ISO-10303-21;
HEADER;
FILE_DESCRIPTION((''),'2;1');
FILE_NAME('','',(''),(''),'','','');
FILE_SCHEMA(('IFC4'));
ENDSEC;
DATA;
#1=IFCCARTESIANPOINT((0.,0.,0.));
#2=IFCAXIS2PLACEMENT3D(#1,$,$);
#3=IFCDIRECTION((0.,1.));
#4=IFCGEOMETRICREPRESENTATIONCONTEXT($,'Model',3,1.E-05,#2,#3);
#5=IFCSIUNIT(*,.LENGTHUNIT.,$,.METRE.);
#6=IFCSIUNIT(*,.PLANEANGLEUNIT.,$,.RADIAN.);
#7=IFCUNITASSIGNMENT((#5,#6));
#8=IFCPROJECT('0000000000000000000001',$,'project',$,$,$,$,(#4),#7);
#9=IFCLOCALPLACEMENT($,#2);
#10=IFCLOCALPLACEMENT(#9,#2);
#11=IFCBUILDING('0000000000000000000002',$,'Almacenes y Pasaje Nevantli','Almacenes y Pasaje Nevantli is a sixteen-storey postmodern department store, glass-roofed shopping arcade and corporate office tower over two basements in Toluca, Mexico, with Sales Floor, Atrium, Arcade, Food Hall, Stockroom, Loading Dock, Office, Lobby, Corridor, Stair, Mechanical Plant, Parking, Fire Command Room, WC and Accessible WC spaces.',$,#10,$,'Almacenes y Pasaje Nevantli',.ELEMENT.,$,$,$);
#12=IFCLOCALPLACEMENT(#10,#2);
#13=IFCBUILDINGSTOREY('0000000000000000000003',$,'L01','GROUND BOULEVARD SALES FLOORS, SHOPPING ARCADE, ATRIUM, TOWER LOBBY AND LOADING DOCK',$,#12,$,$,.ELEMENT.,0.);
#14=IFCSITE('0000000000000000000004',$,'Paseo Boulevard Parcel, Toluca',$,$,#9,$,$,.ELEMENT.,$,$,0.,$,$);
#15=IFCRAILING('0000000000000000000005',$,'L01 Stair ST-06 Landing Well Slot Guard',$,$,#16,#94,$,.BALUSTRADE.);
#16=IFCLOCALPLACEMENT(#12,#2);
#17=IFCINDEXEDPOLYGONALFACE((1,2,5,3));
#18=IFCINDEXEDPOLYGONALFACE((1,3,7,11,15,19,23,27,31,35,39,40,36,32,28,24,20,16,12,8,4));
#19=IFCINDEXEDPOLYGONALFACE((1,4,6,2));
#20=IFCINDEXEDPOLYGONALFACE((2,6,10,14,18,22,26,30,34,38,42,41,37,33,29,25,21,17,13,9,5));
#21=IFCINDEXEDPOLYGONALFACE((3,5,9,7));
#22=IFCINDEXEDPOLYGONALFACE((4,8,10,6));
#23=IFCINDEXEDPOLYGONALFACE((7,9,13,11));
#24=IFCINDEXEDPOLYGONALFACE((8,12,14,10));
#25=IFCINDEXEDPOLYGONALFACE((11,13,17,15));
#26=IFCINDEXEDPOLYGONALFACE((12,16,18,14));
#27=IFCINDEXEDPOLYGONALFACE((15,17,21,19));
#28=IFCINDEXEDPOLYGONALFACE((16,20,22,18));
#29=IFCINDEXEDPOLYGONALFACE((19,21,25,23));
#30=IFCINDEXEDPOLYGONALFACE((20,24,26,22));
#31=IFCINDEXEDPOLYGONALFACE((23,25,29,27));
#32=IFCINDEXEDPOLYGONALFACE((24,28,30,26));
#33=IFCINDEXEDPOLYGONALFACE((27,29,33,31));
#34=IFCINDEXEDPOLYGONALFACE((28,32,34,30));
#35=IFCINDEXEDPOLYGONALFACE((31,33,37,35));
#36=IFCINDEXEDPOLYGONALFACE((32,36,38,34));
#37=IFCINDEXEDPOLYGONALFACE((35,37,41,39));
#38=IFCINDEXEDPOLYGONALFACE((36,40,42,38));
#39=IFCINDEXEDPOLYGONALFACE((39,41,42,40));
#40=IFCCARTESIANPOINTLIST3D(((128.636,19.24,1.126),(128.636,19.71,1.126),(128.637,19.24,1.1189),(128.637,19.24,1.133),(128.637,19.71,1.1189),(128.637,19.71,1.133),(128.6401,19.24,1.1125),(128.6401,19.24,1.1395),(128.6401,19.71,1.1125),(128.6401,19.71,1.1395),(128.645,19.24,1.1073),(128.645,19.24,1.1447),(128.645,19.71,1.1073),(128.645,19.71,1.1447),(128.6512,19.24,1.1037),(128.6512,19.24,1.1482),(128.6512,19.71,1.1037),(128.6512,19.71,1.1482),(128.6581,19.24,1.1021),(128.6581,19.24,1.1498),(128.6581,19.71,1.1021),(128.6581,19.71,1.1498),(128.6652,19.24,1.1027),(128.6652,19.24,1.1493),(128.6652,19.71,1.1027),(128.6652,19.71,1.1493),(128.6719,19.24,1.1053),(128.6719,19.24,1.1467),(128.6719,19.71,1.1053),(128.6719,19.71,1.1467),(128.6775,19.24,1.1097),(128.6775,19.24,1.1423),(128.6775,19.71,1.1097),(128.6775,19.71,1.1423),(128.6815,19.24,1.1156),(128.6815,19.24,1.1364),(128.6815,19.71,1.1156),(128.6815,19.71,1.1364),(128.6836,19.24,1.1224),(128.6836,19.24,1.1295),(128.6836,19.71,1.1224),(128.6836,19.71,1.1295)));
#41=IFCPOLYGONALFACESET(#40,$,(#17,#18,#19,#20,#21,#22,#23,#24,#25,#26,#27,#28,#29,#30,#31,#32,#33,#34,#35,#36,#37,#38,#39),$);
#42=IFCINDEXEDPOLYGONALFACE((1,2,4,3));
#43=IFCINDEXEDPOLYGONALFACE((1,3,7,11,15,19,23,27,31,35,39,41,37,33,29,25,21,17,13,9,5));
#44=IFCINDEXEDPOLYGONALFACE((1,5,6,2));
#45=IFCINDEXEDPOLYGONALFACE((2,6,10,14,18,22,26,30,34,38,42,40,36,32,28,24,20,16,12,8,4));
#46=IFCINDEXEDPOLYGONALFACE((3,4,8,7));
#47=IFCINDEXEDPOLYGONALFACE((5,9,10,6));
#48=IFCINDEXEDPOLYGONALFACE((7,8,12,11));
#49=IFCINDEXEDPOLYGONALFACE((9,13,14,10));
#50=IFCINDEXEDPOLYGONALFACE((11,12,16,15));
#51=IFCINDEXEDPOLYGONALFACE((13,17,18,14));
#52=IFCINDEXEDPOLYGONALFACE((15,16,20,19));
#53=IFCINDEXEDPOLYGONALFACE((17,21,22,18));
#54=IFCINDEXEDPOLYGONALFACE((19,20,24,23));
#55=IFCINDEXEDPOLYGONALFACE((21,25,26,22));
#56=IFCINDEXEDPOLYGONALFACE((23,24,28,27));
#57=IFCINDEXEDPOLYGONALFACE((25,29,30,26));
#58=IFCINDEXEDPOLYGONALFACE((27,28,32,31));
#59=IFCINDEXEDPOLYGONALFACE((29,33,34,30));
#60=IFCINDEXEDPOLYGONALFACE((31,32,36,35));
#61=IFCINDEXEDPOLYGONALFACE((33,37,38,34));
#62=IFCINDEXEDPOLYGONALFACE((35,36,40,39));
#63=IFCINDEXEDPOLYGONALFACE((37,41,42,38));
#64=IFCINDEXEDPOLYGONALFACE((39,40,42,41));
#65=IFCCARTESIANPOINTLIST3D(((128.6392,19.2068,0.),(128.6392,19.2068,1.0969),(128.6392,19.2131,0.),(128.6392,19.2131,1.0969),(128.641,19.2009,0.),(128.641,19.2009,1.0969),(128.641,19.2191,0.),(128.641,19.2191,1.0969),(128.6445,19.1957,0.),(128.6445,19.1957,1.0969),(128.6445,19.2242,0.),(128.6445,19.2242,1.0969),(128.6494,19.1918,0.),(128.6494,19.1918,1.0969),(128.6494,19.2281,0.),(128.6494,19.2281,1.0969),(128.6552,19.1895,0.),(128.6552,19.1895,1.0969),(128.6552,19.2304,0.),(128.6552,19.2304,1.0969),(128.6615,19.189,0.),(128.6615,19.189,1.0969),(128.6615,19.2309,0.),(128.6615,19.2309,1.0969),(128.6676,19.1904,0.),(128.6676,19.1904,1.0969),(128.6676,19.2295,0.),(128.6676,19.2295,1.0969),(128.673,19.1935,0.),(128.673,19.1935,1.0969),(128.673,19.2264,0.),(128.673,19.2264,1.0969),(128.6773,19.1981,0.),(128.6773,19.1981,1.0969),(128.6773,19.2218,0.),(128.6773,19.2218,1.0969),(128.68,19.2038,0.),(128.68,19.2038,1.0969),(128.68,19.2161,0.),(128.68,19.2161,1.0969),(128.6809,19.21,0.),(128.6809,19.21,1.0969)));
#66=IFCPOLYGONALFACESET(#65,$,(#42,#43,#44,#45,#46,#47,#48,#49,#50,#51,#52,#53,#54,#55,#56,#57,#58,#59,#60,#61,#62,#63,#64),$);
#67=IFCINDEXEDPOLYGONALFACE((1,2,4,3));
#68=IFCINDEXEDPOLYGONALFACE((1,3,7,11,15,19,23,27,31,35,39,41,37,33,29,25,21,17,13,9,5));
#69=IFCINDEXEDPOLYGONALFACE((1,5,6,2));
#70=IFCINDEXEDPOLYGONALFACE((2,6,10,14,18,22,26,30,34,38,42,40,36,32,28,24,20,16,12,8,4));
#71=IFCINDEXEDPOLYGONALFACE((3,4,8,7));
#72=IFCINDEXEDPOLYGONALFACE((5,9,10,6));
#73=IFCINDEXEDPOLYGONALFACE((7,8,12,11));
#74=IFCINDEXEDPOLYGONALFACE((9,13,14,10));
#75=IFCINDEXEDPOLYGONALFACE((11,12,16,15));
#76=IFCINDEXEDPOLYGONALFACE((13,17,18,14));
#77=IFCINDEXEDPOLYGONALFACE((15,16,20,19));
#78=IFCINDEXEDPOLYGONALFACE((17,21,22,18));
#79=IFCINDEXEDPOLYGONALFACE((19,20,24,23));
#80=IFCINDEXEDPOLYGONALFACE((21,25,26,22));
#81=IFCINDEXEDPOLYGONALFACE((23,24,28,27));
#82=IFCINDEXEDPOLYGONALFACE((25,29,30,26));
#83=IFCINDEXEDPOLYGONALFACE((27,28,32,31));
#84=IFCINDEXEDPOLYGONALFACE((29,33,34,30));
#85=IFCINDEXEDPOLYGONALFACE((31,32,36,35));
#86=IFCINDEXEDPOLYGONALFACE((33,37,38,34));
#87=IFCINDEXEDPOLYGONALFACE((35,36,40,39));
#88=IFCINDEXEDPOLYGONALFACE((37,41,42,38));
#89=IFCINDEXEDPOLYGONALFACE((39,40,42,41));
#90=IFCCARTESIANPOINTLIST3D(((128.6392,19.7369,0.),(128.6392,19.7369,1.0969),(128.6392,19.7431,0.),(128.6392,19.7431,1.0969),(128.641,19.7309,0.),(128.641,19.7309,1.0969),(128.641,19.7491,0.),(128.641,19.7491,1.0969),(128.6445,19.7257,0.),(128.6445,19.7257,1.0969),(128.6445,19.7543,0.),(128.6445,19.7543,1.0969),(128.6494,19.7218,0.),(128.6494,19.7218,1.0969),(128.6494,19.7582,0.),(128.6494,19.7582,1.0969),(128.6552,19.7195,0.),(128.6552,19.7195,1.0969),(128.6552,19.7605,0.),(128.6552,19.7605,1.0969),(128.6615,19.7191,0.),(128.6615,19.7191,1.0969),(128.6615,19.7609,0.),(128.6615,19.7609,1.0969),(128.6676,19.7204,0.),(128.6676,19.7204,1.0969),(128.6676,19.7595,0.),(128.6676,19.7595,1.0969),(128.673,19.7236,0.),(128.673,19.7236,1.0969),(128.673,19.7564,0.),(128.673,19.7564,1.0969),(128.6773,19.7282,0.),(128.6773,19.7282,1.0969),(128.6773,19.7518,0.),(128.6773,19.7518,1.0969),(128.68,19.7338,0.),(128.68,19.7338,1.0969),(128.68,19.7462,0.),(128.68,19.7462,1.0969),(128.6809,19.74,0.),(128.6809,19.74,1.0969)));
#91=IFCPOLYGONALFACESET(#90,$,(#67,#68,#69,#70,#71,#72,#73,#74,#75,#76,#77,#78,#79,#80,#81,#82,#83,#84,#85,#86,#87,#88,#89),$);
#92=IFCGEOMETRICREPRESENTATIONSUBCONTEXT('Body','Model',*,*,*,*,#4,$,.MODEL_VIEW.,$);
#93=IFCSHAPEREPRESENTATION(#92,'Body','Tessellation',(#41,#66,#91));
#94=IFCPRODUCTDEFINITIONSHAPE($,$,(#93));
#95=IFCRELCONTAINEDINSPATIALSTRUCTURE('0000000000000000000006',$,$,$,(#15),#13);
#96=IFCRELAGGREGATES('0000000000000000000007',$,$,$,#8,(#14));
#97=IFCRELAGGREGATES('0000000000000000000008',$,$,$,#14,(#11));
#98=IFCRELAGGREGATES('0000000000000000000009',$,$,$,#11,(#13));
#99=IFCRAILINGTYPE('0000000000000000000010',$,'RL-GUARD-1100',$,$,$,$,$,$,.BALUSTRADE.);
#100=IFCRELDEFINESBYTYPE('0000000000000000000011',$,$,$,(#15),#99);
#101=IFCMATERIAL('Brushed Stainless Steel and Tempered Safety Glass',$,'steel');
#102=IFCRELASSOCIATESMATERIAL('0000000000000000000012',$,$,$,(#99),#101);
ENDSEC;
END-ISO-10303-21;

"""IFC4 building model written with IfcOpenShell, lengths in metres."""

from ifc_helpers import new_model, si_unit, direction, frame, origin, origin_2d, place, context, subcontext, project, spatial, circle, extrude, material, type_object, element, save


model = new_model("IFC4")

# Units and contexts
model_context = context("Model", 3, precision=1e-05, world=origin(), true_north=direction((0.0, 1.0)))
body_context = subcontext(model_context, "Body", "Model", "MODEL_VIEW")
ifc_project = project(units=[si_unit("LENGTHUNIT", "METRE"), si_unit("PLANEANGLEUNIT", "RADIAN")], contexts=[model_context])

# Site, building, storey
site_placement = place(None, origin())
site = spatial("IfcSite", under=ifc_project, at=site_placement, Name="Paseo Boulevard Parcel, Toluca", CompositionType="ELEMENT", RefElevation=0.0)
building_placement = place(site_placement, origin())
building = spatial("IfcBuilding", under=site, at=building_placement, Name="Almacenes y Pasaje Nevantli", Description="Almacenes y Pasaje Nevantli is a sixteen-storey postmodern department store, glass-roofed shopping arcade and corporate office tower over two basements in Toluca, Mexico, with Sales Floor, Atrium, Arcade, Food Hall, Stockroom, Loading Dock, Office, Lobby, Corridor, Stair, Mechanical Plant, Parking, Fire Command Room, WC and Accessible WC spaces.", LongName="Almacenes y Pasaje Nevantli", CompositionType="ELEMENT")
storey_placement = place(building_placement, origin())
storey = spatial("IfcBuildingStorey", under=building, at=storey_placement, Name="L01", Description="GROUND BOULEVARD SALES FLOORS, SHOPPING ARCADE, ATRIUM, TOWER LOBBY AND LOADING DOCK", CompositionType="ELEMENT", Elevation=0.0)

# Railing
ifc_material_1 = material(Name="Brushed Stainless Steel and Tempered Safety Glass", Category="steel")
railing_type_1 = type_object("IfcRailingType", Name="RL-GUARD-1100", PredefinedType="BALUSTRADE", material=ifc_material_1)
railing_1_placement = place(storey_placement, frame((128.6599, 19.21, 0.0)))
element("IfcRailing", 1, at=railing_1_placement, inside=storey, type_object=railing_type_1, Name="L01 Stair ST-06 Landing Well Slot Guard", PredefinedType="BALUSTRADE", context=body_context, shape_type="SweptSolid", body=[
    extrude(circle(Radius=0.0239, at=origin_2d()), frame((0.0, 0.03, 1.126), z_axis=(0.0, 1.0, 0.0), x_axis=(-1.0, 0.0, 0.0)), (0.0, 0.0, 1.0), 0.47),
    extrude(circle(Radius=0.021, at=origin_2d()), origin(), (0.0, 0.0, 1.0), 1.0969),
    extrude(circle(Radius=0.021, at=origin_2d()), frame((0.0, 0.53, 0.0)), (0.0, 0.0, 1.0), 1.0969),
])

save(model, "model.ifc")
